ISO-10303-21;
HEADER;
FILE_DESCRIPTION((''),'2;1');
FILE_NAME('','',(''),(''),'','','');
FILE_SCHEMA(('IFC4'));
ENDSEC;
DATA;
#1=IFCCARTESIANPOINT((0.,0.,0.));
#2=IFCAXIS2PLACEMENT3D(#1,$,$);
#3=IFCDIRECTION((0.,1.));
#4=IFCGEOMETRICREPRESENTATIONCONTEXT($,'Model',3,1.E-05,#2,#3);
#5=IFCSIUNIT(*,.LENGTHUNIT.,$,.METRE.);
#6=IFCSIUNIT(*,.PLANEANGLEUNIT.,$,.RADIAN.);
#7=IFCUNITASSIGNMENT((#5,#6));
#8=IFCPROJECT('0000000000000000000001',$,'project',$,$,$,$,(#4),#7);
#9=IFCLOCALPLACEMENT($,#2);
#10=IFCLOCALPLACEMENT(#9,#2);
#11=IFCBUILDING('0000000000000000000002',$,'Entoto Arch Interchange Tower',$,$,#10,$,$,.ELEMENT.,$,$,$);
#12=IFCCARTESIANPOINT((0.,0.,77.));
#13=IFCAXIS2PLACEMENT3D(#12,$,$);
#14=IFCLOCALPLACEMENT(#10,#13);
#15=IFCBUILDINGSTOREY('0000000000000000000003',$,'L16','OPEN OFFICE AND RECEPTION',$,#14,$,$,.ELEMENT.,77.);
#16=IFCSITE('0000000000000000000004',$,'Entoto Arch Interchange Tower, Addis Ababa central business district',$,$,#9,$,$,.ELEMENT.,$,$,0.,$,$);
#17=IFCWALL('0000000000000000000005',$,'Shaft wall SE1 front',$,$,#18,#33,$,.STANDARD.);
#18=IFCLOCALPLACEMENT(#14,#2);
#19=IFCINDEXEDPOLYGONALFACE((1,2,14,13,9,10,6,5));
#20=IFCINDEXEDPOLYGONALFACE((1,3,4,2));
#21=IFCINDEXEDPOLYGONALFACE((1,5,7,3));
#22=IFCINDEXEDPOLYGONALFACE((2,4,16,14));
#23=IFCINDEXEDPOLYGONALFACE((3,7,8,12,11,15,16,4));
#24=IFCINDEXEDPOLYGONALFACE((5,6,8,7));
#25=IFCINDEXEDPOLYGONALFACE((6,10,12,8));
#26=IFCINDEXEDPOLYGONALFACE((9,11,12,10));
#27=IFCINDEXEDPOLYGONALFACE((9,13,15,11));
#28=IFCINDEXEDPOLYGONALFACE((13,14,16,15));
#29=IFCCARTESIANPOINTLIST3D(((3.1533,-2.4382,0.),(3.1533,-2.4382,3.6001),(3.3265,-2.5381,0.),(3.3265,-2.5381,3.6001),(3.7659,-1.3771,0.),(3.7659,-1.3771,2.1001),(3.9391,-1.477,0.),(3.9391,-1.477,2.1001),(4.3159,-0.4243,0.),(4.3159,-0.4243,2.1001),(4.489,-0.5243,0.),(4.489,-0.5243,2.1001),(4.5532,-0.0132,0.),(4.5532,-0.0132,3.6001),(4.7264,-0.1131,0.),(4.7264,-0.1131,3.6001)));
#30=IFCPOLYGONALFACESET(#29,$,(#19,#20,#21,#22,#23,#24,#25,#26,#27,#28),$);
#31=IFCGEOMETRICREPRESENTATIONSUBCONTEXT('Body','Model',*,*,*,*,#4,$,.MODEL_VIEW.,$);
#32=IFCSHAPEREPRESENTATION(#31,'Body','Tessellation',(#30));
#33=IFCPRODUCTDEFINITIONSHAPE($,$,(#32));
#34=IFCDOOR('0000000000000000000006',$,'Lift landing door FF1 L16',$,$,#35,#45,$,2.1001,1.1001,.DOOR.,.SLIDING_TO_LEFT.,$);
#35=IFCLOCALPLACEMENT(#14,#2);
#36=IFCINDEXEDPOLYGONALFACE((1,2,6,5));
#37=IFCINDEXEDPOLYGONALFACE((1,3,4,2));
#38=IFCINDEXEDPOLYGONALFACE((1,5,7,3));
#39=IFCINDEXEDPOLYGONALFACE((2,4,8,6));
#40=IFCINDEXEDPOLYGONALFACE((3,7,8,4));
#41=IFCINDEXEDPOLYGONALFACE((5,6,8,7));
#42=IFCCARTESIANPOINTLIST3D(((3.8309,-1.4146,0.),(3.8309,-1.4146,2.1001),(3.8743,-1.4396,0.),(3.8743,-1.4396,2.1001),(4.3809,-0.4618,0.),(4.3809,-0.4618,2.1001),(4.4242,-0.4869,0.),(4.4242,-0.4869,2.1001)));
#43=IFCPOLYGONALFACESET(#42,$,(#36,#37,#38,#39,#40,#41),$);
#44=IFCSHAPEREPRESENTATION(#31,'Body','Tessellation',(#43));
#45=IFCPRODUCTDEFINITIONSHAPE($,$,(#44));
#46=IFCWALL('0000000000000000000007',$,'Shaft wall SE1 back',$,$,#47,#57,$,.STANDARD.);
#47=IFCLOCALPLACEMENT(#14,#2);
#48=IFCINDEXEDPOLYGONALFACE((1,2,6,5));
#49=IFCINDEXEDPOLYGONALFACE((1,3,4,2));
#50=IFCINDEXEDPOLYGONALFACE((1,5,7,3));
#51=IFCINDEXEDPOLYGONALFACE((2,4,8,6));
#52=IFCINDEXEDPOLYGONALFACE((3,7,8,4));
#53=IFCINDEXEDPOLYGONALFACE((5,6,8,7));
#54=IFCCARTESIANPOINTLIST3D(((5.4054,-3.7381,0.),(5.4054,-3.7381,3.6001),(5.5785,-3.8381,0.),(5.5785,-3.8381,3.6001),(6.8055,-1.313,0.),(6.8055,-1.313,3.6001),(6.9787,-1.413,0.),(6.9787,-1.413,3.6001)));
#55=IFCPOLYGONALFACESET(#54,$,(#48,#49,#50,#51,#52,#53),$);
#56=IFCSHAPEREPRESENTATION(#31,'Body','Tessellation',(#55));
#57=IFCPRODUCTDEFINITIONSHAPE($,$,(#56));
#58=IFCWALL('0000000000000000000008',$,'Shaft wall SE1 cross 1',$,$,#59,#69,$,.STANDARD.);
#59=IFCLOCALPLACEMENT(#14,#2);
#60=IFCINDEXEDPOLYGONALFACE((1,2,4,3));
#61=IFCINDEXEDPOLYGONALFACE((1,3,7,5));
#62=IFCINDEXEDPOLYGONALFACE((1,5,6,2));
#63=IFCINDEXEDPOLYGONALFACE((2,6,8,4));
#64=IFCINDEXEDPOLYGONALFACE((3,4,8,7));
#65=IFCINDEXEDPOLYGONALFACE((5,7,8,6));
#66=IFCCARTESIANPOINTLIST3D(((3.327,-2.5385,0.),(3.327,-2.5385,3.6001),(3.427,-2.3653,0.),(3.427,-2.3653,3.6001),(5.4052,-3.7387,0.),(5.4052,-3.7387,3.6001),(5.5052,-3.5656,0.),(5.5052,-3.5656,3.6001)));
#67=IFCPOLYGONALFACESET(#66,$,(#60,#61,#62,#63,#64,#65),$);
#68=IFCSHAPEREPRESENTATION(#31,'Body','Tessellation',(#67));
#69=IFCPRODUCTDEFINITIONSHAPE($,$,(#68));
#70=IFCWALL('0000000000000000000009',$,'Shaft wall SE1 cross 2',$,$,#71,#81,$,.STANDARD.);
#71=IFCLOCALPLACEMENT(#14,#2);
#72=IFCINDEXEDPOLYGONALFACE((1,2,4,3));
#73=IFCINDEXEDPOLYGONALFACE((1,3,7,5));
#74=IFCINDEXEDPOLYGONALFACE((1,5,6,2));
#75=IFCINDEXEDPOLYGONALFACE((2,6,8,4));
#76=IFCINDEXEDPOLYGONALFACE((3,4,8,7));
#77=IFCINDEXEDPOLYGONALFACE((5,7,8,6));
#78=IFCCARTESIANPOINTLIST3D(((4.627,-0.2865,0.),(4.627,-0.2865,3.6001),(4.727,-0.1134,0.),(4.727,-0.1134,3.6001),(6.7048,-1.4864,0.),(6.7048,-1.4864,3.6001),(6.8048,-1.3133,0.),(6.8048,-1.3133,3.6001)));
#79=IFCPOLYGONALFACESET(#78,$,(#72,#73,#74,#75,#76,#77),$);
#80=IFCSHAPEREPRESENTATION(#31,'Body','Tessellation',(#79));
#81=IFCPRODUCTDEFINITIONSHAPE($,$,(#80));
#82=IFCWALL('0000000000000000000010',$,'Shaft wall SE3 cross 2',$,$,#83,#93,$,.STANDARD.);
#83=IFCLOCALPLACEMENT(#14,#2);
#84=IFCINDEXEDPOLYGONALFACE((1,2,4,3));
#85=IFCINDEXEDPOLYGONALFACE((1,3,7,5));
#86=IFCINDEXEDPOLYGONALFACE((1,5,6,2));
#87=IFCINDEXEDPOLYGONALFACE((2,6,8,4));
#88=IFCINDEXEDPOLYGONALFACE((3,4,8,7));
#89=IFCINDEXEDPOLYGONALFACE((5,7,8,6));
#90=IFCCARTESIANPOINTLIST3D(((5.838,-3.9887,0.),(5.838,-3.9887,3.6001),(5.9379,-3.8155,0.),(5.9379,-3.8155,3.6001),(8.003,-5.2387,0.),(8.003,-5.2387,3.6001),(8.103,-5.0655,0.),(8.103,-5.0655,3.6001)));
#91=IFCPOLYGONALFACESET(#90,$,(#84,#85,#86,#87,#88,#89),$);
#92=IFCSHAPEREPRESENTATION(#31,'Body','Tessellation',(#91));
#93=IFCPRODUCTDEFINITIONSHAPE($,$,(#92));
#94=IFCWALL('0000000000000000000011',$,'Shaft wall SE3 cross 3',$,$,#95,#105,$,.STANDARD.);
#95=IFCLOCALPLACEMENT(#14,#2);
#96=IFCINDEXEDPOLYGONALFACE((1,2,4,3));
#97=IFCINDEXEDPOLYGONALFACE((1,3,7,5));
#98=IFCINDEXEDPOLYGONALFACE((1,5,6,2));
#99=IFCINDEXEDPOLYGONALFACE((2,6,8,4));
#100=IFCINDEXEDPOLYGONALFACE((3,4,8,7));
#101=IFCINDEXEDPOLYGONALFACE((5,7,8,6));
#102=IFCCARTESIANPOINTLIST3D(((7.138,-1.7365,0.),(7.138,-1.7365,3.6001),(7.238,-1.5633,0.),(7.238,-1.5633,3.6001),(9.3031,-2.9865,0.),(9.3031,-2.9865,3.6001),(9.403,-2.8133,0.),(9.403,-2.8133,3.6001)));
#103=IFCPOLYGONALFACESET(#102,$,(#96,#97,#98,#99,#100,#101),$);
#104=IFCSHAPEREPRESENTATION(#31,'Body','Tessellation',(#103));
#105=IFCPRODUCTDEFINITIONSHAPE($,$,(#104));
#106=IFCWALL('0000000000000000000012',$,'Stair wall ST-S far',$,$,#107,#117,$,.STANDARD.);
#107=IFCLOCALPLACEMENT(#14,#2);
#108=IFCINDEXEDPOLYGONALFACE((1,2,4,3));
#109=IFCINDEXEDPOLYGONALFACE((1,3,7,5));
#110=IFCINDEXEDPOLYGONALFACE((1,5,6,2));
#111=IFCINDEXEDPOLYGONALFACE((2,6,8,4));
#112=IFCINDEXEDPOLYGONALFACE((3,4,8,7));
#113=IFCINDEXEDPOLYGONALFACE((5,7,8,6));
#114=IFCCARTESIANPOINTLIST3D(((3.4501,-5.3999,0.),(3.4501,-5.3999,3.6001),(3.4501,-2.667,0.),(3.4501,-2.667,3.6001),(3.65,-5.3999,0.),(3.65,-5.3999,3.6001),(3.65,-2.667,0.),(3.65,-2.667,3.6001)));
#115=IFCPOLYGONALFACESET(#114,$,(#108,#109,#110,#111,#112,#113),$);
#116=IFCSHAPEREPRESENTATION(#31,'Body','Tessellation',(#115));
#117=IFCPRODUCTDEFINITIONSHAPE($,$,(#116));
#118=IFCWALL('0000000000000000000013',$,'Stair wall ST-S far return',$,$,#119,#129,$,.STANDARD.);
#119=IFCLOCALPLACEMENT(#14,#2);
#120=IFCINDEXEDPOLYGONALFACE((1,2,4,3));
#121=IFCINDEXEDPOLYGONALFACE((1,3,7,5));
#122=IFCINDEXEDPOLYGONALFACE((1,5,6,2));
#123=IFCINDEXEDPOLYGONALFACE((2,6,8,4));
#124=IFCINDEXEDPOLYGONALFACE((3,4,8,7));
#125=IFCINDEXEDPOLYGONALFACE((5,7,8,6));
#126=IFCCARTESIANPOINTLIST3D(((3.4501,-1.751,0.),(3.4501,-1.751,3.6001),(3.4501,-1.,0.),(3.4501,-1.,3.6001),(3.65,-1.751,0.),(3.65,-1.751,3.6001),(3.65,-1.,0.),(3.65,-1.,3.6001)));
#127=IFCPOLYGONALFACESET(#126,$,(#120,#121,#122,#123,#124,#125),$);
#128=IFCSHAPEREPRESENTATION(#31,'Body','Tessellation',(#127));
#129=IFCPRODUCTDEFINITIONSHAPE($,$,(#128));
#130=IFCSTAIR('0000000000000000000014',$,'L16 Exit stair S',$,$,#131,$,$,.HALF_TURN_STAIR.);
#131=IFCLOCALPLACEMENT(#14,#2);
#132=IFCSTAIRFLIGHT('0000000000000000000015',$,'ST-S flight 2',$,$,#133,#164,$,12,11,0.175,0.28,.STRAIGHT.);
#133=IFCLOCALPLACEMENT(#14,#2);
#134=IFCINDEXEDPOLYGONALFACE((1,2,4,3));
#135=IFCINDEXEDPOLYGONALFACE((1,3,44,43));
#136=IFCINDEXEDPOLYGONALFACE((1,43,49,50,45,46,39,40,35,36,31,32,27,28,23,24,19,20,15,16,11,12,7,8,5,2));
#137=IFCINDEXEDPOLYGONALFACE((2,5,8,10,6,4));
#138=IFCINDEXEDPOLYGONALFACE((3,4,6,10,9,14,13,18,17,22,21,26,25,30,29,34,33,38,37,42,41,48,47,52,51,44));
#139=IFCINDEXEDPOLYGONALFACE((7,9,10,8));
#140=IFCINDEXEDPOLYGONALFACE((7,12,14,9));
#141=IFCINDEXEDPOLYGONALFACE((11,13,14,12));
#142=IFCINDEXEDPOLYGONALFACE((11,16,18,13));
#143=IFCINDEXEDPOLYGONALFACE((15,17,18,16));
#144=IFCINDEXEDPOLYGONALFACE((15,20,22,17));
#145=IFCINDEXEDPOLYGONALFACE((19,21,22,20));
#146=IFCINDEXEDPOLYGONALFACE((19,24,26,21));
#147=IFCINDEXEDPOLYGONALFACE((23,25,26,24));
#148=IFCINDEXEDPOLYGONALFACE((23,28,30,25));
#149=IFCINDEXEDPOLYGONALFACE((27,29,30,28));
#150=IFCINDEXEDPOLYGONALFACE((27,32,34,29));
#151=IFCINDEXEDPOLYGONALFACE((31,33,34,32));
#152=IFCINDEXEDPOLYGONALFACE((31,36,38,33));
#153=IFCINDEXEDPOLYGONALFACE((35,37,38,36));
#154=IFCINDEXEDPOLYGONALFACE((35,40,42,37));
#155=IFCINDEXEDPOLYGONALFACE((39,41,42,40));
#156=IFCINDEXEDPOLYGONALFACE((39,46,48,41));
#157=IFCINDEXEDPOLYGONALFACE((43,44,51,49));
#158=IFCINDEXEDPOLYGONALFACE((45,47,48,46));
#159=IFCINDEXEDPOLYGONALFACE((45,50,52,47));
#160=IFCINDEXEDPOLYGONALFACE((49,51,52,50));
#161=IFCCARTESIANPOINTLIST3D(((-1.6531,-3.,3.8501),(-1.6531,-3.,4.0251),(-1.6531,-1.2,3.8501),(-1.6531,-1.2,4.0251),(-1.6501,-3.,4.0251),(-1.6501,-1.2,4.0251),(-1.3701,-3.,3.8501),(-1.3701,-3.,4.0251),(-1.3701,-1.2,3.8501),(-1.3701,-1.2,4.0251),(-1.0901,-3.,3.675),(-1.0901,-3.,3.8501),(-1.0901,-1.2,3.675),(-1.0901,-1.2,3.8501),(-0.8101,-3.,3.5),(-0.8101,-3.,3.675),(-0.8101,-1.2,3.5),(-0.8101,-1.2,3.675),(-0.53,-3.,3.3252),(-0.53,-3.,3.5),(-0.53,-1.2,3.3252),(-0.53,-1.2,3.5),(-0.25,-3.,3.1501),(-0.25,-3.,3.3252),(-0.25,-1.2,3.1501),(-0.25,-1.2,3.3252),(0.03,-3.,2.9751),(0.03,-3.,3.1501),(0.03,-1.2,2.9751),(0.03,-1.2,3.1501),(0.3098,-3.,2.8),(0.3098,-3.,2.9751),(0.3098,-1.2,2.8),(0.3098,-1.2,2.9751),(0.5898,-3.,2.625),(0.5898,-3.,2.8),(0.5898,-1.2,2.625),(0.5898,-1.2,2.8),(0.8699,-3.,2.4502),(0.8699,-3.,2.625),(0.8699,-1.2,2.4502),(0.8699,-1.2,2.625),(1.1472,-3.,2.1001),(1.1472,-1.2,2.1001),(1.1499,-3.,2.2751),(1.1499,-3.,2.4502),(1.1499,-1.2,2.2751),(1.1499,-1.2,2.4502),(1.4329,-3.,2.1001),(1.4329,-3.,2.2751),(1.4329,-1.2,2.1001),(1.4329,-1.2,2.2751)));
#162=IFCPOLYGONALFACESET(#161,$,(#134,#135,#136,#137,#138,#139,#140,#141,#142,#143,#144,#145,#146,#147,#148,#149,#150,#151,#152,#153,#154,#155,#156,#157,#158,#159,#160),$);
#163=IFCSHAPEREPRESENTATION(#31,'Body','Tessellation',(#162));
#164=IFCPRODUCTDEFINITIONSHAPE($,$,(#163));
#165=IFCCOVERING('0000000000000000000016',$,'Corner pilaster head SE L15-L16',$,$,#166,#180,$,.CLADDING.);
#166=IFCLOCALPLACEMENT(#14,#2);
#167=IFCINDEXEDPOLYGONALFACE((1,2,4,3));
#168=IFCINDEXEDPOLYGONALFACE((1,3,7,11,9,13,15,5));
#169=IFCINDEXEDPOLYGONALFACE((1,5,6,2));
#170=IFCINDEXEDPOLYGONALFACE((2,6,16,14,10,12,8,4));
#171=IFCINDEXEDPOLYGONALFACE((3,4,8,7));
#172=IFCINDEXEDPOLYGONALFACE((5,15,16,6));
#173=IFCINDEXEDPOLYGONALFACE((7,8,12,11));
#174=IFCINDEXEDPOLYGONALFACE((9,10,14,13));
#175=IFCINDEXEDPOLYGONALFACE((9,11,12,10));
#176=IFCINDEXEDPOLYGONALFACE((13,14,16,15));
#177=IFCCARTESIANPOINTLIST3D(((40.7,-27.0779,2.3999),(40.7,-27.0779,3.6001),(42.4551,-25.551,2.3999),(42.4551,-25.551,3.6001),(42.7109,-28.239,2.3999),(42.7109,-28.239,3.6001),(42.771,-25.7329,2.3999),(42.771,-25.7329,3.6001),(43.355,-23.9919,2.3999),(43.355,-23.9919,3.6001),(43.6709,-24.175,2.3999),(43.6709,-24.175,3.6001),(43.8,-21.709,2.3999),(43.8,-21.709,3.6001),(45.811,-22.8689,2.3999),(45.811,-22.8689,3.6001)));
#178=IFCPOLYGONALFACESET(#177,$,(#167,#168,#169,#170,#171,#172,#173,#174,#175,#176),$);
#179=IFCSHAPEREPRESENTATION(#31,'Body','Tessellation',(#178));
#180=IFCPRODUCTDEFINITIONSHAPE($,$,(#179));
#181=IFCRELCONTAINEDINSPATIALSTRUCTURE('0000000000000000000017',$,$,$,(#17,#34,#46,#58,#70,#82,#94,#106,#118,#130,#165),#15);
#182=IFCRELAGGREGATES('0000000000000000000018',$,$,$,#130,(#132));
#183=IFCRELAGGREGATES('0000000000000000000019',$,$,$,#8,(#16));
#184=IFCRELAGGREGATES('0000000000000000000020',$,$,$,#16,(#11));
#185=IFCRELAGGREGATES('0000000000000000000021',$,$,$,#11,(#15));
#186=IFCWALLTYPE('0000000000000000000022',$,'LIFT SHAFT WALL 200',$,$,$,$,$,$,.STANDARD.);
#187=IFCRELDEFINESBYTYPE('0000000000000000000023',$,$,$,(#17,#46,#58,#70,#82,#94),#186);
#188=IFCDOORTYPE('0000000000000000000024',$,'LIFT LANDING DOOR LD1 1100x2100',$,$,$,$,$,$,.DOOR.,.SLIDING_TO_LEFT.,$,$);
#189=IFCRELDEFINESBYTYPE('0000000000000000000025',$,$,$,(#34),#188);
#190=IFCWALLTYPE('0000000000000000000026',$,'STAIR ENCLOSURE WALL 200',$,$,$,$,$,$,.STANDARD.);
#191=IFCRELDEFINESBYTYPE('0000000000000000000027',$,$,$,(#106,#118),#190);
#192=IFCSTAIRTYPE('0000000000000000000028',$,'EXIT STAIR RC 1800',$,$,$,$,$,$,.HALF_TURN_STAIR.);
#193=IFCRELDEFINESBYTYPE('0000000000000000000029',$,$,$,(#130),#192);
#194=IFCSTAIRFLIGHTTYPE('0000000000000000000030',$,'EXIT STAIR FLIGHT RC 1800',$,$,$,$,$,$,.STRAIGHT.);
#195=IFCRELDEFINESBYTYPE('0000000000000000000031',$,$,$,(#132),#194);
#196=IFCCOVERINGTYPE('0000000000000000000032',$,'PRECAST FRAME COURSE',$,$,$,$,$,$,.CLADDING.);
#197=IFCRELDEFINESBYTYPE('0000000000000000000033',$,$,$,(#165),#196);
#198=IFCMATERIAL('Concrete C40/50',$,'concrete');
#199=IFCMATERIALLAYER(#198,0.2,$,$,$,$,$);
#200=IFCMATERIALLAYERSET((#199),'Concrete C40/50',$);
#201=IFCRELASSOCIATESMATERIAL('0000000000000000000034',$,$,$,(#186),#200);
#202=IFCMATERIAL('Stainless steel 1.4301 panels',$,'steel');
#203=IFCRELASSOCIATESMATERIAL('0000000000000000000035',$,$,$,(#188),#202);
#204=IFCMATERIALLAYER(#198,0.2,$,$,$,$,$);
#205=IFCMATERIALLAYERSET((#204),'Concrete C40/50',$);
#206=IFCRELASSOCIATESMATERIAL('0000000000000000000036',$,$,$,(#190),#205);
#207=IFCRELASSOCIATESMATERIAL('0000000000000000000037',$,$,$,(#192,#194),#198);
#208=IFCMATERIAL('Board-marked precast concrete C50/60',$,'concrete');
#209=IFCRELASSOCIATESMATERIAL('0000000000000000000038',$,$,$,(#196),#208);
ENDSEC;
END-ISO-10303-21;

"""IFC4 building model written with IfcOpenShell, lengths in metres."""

from ifc_helpers import new_model, si_unit, direction, frame, frame_2d, origin, place, context, subcontext, project, spatial, polyline, rectangle, outline, extrude, material, layer, layer_set, type_object, element, fill, aggregate, save


model = new_model("IFC4")

# Units and contexts
model_context = context("Model", 3, precision=1e-05, world=origin(), true_north=direction((0.0, 1.0)))
body_context = subcontext(model_context, "Body", "Model", "MODEL_VIEW")
ifc_project = project(units=[si_unit("LENGTHUNIT", "METRE"), si_unit("PLANEANGLEUNIT", "RADIAN")], contexts=[model_context])

# Site, building, storey
site_placement = place(None, origin())
site = spatial("IfcSite", under=ifc_project, at=site_placement, Name="Entoto Arch Interchange Tower, Addis Ababa central business district", CompositionType="ELEMENT", RefElevation=0.0)
building_placement = place(site_placement, origin())
building = spatial("IfcBuilding", under=site, at=building_placement, Name="Entoto Arch Interchange Tower", CompositionType="ELEMENT")
storey_placement = place(building_placement, frame((0.0, 0.0, 77.0)))
storey = spatial("IfcBuildingStorey", under=building, at=storey_placement, Name="L16", Description="OPEN OFFICE AND RECEPTION", CompositionType="ELEMENT", Elevation=77.0)

# Wall, opening, door
ifc_material_1 = material(Name="Concrete C40/50", Category="concrete")
ifc_material_2 = material(Name="Stainless steel 1.4301 panels", Category="steel")
ifc_layer_1 = layer(ifc_material_1, 0.2)
ifc_layer_set_1 = layer_set([ifc_layer_1], Name="Concrete C40/50")
wall_type_1 = type_object("IfcWallType", Name="LIFT SHAFT WALL 200", PredefinedType="STANDARD", material=ifc_layer_set_1)
wall_1_placement = place(storey_placement, frame((3.24, -2.488, 0.0), z_axis=(0.0, 0.0, 1.0), x_axis=(0.499946, 0.866056, 0.0)))
wall_1 = element("IfcWall", 1, at=wall_1_placement, inside=storey, type_object=wall_type_1, Name="Shaft wall SE1 front", PredefinedType="STANDARD", context=body_context, shape_type="SweptSolid", body=[
    extrude(rectangle(XDim=2.8, YDim=0.2, at=frame_2d((1.3999, 0.0))), origin(), (0.0, 0.0, 1.0), 3.6001),
])
opening_1_placement = place(wall_1_placement, frame((1.2251, 0.0, 0.0)))
opening_1 = element("IfcOpeningElement", 2, at=opening_1_placement, cuts=wall_1, PredefinedType="OPENING", context=body_context, shape_type="SweptSolid", body=[
    extrude(rectangle(XDim=1.1001, YDim=2.1001, at=frame_2d((0.55, 1.05))), frame((0.0, 0.1099, 0.0), z_axis=(0.0, -1.0, 0.0), x_axis=(1.0, 0.0, 0.0)), (0.0, 0.0, 1.0), 0.22),
])
door_type_1 = type_object("IfcDoorType", Name="LIFT LANDING DOOR LD1 1100x2100", OperationType="SLIDING_TO_LEFT", PredefinedType="DOOR", material=ifc_material_2)
door_1_placement = place(opening_1_placement, origin())
door_1 = element("IfcDoor", 3, at=door_1_placement, inside=storey, type_object=door_type_1, Name="Lift landing door FF1 L16", OperationType="SLIDING_TO_LEFT", OverallHeight=2.1001, OverallWidth=1.1001, PredefinedType="DOOR", context=body_context, shape_type="SweptSolid", body=[
    extrude(rectangle(XDim=1.1001, YDim=2.1001, at=frame_2d((0.55, 1.05))), frame((0.0, 0.0249, 0.0), z_axis=(0.0, -1.0, 0.0), x_axis=(1.0, 0.0, 0.0)), (0.0, 0.0, 1.0), 0.05),
])
fill(opening_1, door_1)

# Walls
wall_2_placement = place(storey_placement, frame((5.4919, -3.7881, 0.0), z_axis=(0.0, 0.0, 1.0), x_axis=(0.500012, 0.866019, 0.0)))
element("IfcWall", 4, at=wall_2_placement, inside=storey, type_object=wall_type_1, Name="Shaft wall SE1 back", PredefinedType="STANDARD", context=body_context, shape_type="SweptSolid", body=[
    extrude(rectangle(XDim=2.8003, YDim=0.2, at=frame_2d((1.4001, 0.0))), origin(), (0.0, 0.0, 1.0), 3.6001),
])
wall_3_placement = place(storey_placement, frame((3.377, -2.4519, 0.0), z_axis=(0.0, 0.0, 1.0), x_axis=(0.865955, -0.500122, 0.0)))
element("IfcWall", 5, at=wall_3_placement, inside=storey, type_object=wall_type_1, Name="Shaft wall SE1 cross 1", PredefinedType="STANDARD", context=body_context, shape_type="SweptSolid", body=[
    extrude(rectangle(XDim=2.3999, YDim=0.2, at=frame_2d((1.2, 0.0))), origin(), (0.0, 0.0, 1.0), 3.6001),
])
wall_4_placement = place(storey_placement, frame((4.677, -0.2, 0.0), z_axis=(0.0, 0.0, 1.0), x_axis=(0.865974, -0.500089, 0.0)))
element("IfcWall", 6, at=wall_4_placement, inside=storey, type_object=wall_type_1, Name="Shaft wall SE1 cross 2", PredefinedType="STANDARD", context=body_context, shape_type="SweptSolid", body=[
    extrude(rectangle(XDim=2.3994, YDim=0.2, at=frame_2d((1.1997, 0.0))), origin(), (0.0, 0.0, 1.0), 3.6001),
])
for number, where, z_axis, x_axis, name in (
    (7, (5.8879, -3.9021, 0.0), (0.0, 0.0, 1.0), (0.866023, -0.500004, 0.0), "Shaft wall SE3 cross 2"),
    (8, (7.188, -1.6499, 0.0), (0.0, 0.0, 1.0), (0.866023, -0.500004, 0.0), "Shaft wall SE3 cross 3"),
):
    element("IfcWall", number, at=place(storey_placement, frame(where, z_axis=z_axis, x_axis=x_axis)), inside=storey, type_object=wall_type_1, Name=name, PredefinedType="STANDARD", context=body_context, shape_type="SweptSolid", body=[
        extrude(rectangle(XDim=2.5, YDim=0.2, at=frame_2d((1.25, 0.0))), origin(), (0.0, 0.0, 1.0), 3.6001),
    ])
ifc_layer_2 = layer(ifc_material_1, 0.2)
ifc_layer_set_2 = layer_set([ifc_layer_2], Name="Concrete C40/50")
wall_type_2 = type_object("IfcWallType", Name="STAIR ENCLOSURE WALL 200", PredefinedType="STANDARD", material=ifc_layer_set_2)
wall_5_placement = place(storey_placement, frame((3.55, -2.667, 0.0), z_axis=(0.0, 0.0, 1.0), x_axis=(0.0, -1.0, 0.0)))
element("IfcWall", 9, at=wall_5_placement, inside=storey, type_object=wall_type_2, Name="Stair wall ST-S far", PredefinedType="STANDARD", context=body_context, shape_type="SweptSolid", body=[
    extrude(rectangle(XDim=2.7329, YDim=0.2, at=frame_2d((1.3665, 0.0))), origin(), (0.0, 0.0, 1.0), 3.6001),
])
wall_6_placement = place(storey_placement, frame((3.55, -1.0, 0.0), z_axis=(0.0, 0.0, 1.0), x_axis=(0.0, -1.0, 0.0)))
element("IfcWall", 10, at=wall_6_placement, inside=storey, type_object=wall_type_2, Name="Stair wall ST-S far return", PredefinedType="STANDARD", context=body_context, shape_type="SweptSolid", body=[
    extrude(rectangle(XDim=0.751, YDim=0.2, at=frame_2d((0.3755, 0.0))), origin(), (0.0, 0.0, 1.0), 3.6001),
])

# Stair, stair flight
stair_type = type_object("IfcStairType", Name="EXIT STAIR RC 1800", PredefinedType="HALF_TURN_STAIR", material=ifc_material_1)
stair_placement = place(storey_placement, origin())
stair = element("IfcStair", 11, at=stair_placement, inside=storey, type_object=stair_type, Name="L16 Exit stair S", PredefinedType="HALF_TURN_STAIR")
stair_flight_type = type_object("IfcStairFlightType", Name="EXIT STAIR FLIGHT RC 1800", PredefinedType="STRAIGHT", material=ifc_material_1)
stair_flight_placement = place(storey_placement, frame((1.4299, -2.1001, 2.1001), z_axis=(0.0, 0.0, 1.0), x_axis=(-1.0, 0.0, 0.0)))
stair_flight = element("IfcStairFlight", 12, at=stair_flight_placement, type_object=stair_flight_type, Name="ST-S flight 2", NumberOfRisers=12, NumberOfTreads=11, PredefinedType="STRAIGHT", RiserHeight=0.175, TreadLength=0.28, context=body_context, shape_type="SweptSolid", body=[
    extrude(outline(polyline([(-0.0029, 0.0), (-0.0029, 0.175), (0.28, 0.175), (0.28, 0.3501), (0.5601, 0.3501), (0.5601, 0.5249), (0.8401, 0.5249), (0.8401, 0.7), (1.1201, 0.7), (1.1201, 0.875), (1.3999, 0.875), (1.3999, 1.05), (1.6799, 1.05), (1.6799, 1.2251), (1.96, 1.2251), (1.96, 1.3999), (2.24, 1.3999), (2.24, 1.575), (2.52, 1.575), (2.52, 1.75), (2.8, 1.75), (2.8, 1.925), (3.0801, 1.925), (3.083, 1.925), (3.083, 1.75), (0.2827, 0.0), (-0.0029, 0.0)])), frame((0.0, 0.8999, 0.0), z_axis=(0.0, -1.0, 0.0), x_axis=(1.0, 0.0, 0.0)), (0.0, 0.0, 1.0), 1.8),
])
aggregate(stair, [stair_flight])

# Covering
ifc_material_3 = material(Name="Board-marked precast concrete C50/60", Category="concrete")
covering_type = type_object("IfcCoveringType", Name="PRECAST FRAME COURSE", PredefinedType="CLADDING", material=ifc_material_3)
covering_1_placement = place(storey_placement, frame((0.0, 0.0, 2.3999)))
element("IfcCovering", 13, at=covering_1_placement, inside=storey, type_object=covering_type, Name="Corner pilaster head SE L15-L16", PredefinedType="CLADDING", context=body_context, shape_type="SweptSolid", body=[
    extrude(outline(polyline([(45.811, -22.8689), (42.7109, -28.239), (40.7, -27.0779), (42.4551, -25.551), (42.771, -25.7329), (43.6709, -24.175), (43.355, -23.9919), (43.8, -21.709), (45.811, -22.8689)])), origin(), (0.0, 0.0, 1.0), 1.2002),
])

save(model, "model.ifc")
